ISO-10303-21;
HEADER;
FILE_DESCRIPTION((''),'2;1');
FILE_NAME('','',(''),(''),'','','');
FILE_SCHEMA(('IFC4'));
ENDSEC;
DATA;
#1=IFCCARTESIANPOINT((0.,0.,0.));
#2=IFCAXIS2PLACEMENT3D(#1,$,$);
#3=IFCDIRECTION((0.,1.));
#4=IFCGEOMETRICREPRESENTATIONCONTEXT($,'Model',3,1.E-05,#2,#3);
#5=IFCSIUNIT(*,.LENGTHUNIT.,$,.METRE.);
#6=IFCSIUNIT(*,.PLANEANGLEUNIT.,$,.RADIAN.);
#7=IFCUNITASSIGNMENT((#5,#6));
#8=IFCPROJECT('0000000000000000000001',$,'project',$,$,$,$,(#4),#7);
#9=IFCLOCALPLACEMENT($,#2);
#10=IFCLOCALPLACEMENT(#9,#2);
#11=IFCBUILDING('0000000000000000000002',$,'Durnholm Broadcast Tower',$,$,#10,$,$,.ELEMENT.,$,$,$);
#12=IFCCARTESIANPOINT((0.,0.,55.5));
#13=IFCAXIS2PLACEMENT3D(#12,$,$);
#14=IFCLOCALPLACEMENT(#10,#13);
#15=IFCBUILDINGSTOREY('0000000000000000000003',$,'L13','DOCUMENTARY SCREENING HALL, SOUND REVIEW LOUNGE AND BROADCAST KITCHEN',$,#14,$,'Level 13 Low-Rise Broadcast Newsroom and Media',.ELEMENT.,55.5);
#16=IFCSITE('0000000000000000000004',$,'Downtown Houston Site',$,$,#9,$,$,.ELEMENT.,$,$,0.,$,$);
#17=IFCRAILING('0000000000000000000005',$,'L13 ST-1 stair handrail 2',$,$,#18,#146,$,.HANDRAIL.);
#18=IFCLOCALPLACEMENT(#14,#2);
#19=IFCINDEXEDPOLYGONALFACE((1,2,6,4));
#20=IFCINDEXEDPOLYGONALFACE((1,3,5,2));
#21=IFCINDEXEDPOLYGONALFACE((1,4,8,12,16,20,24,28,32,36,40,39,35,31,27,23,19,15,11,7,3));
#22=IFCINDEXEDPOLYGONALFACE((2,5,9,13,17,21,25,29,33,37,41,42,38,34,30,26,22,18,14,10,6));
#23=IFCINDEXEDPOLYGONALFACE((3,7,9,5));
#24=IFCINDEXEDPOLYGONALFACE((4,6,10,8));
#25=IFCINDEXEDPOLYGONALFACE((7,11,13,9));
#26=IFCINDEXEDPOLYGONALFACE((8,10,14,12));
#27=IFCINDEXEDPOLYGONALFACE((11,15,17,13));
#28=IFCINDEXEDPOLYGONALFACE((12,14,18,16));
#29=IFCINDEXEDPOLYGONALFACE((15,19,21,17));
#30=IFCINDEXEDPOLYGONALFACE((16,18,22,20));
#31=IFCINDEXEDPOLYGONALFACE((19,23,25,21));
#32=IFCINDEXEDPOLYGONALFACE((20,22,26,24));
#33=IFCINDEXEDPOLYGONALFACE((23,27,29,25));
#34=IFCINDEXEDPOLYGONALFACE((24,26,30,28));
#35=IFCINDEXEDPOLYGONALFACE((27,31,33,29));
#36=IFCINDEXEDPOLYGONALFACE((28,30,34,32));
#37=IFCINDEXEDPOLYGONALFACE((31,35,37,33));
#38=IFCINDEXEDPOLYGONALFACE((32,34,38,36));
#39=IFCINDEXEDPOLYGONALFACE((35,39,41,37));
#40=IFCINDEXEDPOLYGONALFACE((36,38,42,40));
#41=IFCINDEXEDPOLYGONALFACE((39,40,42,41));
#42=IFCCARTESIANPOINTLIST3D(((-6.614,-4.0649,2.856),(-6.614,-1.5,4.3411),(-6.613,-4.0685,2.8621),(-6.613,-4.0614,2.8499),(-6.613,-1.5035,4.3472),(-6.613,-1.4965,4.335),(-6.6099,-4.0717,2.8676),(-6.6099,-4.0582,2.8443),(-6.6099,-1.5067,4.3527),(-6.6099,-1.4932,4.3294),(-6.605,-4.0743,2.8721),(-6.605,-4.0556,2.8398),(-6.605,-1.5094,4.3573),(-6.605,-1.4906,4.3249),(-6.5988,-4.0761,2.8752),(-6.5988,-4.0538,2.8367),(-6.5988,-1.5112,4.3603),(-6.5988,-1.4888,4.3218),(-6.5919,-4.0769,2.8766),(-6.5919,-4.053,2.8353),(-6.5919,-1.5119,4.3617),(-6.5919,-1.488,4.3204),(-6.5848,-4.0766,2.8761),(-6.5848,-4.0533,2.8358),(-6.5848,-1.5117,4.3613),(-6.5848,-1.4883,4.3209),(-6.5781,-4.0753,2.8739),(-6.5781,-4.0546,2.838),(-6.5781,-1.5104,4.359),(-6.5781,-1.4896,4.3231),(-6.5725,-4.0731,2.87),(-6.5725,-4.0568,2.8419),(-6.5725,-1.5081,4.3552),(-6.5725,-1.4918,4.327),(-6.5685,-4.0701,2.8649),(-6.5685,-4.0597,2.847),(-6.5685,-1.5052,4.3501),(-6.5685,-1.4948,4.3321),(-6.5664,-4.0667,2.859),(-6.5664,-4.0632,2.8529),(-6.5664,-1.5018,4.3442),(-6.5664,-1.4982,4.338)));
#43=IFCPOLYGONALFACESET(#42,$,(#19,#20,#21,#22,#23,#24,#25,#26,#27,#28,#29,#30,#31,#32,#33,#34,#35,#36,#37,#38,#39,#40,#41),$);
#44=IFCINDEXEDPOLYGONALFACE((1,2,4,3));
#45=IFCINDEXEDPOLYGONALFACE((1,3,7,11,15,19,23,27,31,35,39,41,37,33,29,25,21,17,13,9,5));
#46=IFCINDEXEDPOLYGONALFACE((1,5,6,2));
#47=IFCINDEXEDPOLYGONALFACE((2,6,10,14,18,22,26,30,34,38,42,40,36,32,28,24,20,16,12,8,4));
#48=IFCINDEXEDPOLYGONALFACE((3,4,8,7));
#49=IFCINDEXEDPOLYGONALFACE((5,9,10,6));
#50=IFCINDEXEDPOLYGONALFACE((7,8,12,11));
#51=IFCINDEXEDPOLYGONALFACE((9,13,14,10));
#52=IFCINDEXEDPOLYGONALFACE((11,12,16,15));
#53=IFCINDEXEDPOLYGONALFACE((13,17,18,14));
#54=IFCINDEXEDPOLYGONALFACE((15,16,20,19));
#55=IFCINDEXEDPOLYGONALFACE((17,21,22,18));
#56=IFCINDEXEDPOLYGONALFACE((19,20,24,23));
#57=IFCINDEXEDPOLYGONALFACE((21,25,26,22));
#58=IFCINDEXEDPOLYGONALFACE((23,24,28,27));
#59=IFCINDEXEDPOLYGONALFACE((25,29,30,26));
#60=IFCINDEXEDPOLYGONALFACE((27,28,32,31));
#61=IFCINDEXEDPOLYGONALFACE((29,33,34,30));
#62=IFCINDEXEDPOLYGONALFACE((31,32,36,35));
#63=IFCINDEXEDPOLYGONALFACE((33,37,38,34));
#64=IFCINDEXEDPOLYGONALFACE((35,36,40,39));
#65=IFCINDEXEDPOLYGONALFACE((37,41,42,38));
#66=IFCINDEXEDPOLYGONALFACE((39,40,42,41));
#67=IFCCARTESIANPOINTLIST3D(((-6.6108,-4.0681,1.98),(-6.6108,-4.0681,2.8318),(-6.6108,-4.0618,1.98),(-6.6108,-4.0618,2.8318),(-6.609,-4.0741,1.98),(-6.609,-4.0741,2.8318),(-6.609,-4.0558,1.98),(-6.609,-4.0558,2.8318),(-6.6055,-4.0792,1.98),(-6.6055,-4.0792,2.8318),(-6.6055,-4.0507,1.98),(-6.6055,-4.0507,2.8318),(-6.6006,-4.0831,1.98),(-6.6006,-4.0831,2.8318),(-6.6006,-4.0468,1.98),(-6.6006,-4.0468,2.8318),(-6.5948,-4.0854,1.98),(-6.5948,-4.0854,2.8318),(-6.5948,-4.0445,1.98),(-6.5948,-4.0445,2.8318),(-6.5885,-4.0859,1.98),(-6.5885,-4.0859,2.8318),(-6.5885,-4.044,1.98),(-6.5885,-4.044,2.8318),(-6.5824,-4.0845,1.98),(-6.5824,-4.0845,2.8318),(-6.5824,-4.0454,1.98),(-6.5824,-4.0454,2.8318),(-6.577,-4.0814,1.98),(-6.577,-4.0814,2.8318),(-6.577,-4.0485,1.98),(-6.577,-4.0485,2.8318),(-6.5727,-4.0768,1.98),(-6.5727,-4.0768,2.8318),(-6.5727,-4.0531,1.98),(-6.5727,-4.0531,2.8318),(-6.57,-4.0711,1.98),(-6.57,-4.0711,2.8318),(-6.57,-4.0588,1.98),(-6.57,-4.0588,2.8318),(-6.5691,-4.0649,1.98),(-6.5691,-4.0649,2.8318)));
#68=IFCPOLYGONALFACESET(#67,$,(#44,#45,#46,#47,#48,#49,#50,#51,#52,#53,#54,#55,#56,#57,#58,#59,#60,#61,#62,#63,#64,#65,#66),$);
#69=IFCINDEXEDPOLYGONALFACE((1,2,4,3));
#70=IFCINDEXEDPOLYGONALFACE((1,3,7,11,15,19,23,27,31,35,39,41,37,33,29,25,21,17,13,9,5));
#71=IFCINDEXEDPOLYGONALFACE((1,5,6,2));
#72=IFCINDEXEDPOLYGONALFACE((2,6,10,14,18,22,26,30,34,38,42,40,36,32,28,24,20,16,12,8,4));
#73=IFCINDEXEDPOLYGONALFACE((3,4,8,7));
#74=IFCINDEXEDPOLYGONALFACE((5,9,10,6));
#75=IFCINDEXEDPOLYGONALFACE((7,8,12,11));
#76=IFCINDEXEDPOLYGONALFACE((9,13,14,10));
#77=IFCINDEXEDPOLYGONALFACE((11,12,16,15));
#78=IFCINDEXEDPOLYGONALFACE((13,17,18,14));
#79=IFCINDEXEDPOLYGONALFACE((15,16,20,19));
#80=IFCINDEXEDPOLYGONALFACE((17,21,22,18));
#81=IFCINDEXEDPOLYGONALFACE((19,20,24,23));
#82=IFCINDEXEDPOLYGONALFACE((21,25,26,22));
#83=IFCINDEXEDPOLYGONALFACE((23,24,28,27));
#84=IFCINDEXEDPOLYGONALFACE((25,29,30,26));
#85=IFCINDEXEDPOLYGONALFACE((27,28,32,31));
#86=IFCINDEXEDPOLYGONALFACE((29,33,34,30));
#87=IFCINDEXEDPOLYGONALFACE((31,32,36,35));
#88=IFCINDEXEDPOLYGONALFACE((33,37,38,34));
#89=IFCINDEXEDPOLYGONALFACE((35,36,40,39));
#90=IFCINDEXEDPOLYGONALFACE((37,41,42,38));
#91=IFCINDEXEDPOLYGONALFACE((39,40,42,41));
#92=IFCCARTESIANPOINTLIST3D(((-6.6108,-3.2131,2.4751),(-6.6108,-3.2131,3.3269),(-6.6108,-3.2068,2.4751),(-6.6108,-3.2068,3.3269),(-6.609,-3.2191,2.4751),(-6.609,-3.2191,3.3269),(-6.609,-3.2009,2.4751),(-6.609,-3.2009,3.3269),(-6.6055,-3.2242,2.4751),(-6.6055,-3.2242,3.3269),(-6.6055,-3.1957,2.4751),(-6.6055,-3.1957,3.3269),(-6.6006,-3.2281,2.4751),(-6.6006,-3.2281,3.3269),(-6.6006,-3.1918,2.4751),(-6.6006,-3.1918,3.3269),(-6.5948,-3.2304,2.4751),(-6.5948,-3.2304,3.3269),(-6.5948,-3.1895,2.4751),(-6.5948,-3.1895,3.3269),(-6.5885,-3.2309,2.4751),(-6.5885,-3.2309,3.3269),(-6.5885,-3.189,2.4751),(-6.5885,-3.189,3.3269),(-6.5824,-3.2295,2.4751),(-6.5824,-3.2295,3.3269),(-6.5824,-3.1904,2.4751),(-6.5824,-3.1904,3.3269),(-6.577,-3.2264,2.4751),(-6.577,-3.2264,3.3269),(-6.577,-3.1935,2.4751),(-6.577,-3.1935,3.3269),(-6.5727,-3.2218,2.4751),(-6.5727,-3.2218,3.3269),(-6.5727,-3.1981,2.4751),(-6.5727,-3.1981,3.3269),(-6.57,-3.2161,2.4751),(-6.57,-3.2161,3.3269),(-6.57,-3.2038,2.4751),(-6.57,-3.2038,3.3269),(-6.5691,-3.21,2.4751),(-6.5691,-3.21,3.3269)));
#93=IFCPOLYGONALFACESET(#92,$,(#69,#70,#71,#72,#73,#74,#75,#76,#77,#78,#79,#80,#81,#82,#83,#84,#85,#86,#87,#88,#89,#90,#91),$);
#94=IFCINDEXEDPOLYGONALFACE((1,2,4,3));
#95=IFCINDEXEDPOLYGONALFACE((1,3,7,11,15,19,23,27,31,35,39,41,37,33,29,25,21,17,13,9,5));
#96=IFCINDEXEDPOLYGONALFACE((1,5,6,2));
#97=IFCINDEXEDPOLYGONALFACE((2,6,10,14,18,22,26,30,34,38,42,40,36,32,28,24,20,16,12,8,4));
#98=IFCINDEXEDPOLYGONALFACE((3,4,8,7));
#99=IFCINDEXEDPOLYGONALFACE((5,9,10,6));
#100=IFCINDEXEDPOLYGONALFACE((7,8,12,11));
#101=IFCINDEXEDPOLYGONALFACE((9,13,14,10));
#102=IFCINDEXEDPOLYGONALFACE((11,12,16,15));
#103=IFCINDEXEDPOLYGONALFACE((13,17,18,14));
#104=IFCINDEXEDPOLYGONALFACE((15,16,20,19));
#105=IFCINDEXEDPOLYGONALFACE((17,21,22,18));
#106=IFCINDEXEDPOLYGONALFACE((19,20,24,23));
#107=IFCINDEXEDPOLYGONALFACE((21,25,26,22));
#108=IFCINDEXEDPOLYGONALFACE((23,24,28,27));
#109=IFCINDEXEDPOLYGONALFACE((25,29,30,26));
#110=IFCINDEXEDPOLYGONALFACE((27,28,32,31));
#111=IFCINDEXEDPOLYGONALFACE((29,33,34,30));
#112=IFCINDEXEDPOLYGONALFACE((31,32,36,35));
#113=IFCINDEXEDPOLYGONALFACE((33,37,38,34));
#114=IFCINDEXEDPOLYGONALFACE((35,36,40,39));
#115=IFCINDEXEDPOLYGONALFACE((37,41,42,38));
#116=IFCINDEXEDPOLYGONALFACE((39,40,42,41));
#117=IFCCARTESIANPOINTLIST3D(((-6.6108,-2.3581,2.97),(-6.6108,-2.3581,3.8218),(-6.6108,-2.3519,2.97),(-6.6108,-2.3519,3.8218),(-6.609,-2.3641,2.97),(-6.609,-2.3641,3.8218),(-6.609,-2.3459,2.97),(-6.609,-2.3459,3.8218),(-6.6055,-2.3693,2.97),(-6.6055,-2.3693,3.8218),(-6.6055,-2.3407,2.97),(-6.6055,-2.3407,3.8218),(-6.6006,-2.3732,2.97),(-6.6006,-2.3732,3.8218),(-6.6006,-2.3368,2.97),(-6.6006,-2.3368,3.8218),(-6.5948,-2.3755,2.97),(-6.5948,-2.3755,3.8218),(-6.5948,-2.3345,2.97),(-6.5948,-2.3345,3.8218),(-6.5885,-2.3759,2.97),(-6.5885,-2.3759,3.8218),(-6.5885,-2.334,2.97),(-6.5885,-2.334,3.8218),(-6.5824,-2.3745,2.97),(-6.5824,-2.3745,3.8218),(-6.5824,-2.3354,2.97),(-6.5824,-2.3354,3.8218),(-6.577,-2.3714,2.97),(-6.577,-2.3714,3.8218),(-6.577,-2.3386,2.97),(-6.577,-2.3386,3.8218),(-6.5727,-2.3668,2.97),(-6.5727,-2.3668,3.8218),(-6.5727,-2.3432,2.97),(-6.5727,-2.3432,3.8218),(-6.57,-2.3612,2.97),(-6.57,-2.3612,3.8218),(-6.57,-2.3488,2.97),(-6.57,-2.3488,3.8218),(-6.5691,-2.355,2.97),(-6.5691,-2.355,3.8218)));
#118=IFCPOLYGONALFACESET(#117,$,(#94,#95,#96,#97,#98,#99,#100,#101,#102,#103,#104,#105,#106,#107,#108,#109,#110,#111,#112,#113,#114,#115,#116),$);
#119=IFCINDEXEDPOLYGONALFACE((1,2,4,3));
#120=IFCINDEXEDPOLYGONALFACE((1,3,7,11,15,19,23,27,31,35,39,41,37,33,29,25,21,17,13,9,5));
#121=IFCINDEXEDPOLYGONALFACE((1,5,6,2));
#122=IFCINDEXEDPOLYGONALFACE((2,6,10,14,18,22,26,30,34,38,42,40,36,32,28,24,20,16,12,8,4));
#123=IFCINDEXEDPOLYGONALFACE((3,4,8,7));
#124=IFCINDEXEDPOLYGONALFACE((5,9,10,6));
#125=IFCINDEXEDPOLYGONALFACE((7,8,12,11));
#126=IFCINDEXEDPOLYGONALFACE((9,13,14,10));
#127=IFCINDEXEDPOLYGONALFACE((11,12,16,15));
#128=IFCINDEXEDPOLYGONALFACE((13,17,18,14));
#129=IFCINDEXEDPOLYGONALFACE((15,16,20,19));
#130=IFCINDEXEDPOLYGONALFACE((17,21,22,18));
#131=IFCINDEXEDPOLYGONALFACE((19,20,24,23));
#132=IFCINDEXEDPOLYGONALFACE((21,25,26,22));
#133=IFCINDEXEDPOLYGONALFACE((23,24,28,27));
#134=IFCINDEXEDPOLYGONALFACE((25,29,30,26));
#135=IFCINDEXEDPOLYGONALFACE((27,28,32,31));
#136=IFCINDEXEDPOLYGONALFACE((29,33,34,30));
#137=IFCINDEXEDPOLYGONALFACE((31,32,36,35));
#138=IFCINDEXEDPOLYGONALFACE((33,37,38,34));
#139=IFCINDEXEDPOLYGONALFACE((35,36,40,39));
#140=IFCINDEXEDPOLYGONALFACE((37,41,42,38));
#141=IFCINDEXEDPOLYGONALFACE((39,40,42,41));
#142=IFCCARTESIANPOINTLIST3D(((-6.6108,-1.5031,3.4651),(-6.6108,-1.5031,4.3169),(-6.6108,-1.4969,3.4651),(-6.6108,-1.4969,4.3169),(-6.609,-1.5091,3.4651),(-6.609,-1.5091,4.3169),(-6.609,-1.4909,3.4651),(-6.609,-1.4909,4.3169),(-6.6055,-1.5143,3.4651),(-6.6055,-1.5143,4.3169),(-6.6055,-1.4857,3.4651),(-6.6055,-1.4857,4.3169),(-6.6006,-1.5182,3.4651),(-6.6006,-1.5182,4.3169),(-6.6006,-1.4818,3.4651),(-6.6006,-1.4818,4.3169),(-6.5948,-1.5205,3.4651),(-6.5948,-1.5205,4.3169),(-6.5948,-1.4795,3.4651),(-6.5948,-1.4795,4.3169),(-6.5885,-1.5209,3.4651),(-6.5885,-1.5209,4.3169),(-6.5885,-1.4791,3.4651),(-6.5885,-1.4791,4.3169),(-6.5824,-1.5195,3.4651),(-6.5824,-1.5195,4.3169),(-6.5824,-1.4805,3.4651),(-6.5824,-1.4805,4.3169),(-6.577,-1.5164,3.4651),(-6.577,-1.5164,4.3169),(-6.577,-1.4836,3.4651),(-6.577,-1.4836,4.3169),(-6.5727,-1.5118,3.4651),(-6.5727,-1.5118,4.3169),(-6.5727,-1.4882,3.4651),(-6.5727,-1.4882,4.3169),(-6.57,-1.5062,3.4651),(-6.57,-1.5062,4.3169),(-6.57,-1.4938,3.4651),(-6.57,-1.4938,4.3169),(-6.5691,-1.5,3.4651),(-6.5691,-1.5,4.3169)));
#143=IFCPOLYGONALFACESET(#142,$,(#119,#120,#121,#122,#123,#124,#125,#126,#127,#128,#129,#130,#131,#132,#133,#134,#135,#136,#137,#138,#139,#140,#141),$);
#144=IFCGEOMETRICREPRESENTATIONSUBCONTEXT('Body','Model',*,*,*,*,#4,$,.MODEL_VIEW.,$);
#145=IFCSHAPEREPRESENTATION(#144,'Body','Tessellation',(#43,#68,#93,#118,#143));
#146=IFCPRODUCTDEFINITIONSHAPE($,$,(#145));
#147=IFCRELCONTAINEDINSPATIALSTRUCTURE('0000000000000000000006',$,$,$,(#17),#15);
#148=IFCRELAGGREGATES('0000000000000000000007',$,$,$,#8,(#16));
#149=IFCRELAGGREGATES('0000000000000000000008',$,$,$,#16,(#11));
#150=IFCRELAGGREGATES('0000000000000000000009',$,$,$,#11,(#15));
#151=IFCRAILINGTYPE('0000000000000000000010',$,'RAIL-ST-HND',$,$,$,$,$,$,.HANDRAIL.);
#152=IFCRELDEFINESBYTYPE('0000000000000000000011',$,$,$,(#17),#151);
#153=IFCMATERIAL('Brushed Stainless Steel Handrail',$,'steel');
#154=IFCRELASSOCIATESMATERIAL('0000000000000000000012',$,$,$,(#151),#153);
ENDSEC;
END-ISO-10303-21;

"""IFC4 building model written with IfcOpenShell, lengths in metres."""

from ifc_helpers import new_model, si_unit, direction, frame, origin, origin_2d, place, context, subcontext, project, spatial, circle, extrude, material, type_object, element, save


model = new_model("IFC4")

# Units and contexts
model_context = context("Model", 3, precision=1e-05, world=origin(), true_north=direction((0.0, 1.0)))
body_context = subcontext(model_context, "Body", "Model", "MODEL_VIEW")
ifc_project = project(units=[si_unit("LENGTHUNIT", "METRE"), si_unit("PLANEANGLEUNIT", "RADIAN")], contexts=[model_context])

# Site, building, storey
site_placement = place(None, origin())
site = spatial("IfcSite", under=ifc_project, at=site_placement, Name="Downtown Houston Site", CompositionType="ELEMENT", RefElevation=0.0)
building_placement = place(site_placement, origin())
building = spatial("IfcBuilding", under=site, at=building_placement, Name="Durnholm Broadcast Tower", CompositionType="ELEMENT")
storey_placement = place(building_placement, frame((0.0, 0.0, 55.5)))
storey = spatial("IfcBuildingStorey", under=building, at=storey_placement, Name="L13", Description="DOCUMENTARY SCREENING HALL, SOUND REVIEW LOUNGE AND BROADCAST KITCHEN", LongName="Level 13 Low-Rise Broadcast Newsroom and Media", CompositionType="ELEMENT", Elevation=55.5)

# Railing
ifc_material_1 = material(Name="Brushed Stainless Steel Handrail", Category="steel")
railing_type_1 = type_object("IfcRailingType", Name="RAIL-ST-HND", PredefinedType="HANDRAIL", material=ifc_material_1)
railing_1_placement = place(storey_placement, frame((-6.5901, -4.0649, 1.98)))
element("IfcRailing", 1, at=railing_1_placement, inside=storey, type_object=railing_type_1, Name="L13 ST-1 stair handrail 2", PredefinedType="HANDRAIL", context=body_context, shape_type="SweptSolid", body=[
    extrude(circle(Radius=0.0239, at=origin_2d()), frame((0.0, 0.0, 0.876), z_axis=(0.0, 0.865406, 0.501072), x_axis=(-1.0, 0.0, 0.0)), (0.0, 0.0, 1.0), 2.9639),
    extrude(circle(Radius=0.021, at=origin_2d()), origin(), (0.0, 0.0, 1.0), 0.8518),
    extrude(circle(Radius=0.021, at=origin_2d()), frame((0.0, 0.855, 0.4951)), (0.0, 0.0, 1.0), 0.8518),
    extrude(circle(Radius=0.021, at=origin_2d()), frame((0.0, 1.71, 0.99)), (0.0, 0.0, 1.0), 0.8518),
    extrude(circle(Radius=0.021, at=origin_2d()), frame((0.0, 2.5649, 1.4851)), (0.0, 0.0, 1.0), 0.8518),
])

save(model, "model.ifc")
